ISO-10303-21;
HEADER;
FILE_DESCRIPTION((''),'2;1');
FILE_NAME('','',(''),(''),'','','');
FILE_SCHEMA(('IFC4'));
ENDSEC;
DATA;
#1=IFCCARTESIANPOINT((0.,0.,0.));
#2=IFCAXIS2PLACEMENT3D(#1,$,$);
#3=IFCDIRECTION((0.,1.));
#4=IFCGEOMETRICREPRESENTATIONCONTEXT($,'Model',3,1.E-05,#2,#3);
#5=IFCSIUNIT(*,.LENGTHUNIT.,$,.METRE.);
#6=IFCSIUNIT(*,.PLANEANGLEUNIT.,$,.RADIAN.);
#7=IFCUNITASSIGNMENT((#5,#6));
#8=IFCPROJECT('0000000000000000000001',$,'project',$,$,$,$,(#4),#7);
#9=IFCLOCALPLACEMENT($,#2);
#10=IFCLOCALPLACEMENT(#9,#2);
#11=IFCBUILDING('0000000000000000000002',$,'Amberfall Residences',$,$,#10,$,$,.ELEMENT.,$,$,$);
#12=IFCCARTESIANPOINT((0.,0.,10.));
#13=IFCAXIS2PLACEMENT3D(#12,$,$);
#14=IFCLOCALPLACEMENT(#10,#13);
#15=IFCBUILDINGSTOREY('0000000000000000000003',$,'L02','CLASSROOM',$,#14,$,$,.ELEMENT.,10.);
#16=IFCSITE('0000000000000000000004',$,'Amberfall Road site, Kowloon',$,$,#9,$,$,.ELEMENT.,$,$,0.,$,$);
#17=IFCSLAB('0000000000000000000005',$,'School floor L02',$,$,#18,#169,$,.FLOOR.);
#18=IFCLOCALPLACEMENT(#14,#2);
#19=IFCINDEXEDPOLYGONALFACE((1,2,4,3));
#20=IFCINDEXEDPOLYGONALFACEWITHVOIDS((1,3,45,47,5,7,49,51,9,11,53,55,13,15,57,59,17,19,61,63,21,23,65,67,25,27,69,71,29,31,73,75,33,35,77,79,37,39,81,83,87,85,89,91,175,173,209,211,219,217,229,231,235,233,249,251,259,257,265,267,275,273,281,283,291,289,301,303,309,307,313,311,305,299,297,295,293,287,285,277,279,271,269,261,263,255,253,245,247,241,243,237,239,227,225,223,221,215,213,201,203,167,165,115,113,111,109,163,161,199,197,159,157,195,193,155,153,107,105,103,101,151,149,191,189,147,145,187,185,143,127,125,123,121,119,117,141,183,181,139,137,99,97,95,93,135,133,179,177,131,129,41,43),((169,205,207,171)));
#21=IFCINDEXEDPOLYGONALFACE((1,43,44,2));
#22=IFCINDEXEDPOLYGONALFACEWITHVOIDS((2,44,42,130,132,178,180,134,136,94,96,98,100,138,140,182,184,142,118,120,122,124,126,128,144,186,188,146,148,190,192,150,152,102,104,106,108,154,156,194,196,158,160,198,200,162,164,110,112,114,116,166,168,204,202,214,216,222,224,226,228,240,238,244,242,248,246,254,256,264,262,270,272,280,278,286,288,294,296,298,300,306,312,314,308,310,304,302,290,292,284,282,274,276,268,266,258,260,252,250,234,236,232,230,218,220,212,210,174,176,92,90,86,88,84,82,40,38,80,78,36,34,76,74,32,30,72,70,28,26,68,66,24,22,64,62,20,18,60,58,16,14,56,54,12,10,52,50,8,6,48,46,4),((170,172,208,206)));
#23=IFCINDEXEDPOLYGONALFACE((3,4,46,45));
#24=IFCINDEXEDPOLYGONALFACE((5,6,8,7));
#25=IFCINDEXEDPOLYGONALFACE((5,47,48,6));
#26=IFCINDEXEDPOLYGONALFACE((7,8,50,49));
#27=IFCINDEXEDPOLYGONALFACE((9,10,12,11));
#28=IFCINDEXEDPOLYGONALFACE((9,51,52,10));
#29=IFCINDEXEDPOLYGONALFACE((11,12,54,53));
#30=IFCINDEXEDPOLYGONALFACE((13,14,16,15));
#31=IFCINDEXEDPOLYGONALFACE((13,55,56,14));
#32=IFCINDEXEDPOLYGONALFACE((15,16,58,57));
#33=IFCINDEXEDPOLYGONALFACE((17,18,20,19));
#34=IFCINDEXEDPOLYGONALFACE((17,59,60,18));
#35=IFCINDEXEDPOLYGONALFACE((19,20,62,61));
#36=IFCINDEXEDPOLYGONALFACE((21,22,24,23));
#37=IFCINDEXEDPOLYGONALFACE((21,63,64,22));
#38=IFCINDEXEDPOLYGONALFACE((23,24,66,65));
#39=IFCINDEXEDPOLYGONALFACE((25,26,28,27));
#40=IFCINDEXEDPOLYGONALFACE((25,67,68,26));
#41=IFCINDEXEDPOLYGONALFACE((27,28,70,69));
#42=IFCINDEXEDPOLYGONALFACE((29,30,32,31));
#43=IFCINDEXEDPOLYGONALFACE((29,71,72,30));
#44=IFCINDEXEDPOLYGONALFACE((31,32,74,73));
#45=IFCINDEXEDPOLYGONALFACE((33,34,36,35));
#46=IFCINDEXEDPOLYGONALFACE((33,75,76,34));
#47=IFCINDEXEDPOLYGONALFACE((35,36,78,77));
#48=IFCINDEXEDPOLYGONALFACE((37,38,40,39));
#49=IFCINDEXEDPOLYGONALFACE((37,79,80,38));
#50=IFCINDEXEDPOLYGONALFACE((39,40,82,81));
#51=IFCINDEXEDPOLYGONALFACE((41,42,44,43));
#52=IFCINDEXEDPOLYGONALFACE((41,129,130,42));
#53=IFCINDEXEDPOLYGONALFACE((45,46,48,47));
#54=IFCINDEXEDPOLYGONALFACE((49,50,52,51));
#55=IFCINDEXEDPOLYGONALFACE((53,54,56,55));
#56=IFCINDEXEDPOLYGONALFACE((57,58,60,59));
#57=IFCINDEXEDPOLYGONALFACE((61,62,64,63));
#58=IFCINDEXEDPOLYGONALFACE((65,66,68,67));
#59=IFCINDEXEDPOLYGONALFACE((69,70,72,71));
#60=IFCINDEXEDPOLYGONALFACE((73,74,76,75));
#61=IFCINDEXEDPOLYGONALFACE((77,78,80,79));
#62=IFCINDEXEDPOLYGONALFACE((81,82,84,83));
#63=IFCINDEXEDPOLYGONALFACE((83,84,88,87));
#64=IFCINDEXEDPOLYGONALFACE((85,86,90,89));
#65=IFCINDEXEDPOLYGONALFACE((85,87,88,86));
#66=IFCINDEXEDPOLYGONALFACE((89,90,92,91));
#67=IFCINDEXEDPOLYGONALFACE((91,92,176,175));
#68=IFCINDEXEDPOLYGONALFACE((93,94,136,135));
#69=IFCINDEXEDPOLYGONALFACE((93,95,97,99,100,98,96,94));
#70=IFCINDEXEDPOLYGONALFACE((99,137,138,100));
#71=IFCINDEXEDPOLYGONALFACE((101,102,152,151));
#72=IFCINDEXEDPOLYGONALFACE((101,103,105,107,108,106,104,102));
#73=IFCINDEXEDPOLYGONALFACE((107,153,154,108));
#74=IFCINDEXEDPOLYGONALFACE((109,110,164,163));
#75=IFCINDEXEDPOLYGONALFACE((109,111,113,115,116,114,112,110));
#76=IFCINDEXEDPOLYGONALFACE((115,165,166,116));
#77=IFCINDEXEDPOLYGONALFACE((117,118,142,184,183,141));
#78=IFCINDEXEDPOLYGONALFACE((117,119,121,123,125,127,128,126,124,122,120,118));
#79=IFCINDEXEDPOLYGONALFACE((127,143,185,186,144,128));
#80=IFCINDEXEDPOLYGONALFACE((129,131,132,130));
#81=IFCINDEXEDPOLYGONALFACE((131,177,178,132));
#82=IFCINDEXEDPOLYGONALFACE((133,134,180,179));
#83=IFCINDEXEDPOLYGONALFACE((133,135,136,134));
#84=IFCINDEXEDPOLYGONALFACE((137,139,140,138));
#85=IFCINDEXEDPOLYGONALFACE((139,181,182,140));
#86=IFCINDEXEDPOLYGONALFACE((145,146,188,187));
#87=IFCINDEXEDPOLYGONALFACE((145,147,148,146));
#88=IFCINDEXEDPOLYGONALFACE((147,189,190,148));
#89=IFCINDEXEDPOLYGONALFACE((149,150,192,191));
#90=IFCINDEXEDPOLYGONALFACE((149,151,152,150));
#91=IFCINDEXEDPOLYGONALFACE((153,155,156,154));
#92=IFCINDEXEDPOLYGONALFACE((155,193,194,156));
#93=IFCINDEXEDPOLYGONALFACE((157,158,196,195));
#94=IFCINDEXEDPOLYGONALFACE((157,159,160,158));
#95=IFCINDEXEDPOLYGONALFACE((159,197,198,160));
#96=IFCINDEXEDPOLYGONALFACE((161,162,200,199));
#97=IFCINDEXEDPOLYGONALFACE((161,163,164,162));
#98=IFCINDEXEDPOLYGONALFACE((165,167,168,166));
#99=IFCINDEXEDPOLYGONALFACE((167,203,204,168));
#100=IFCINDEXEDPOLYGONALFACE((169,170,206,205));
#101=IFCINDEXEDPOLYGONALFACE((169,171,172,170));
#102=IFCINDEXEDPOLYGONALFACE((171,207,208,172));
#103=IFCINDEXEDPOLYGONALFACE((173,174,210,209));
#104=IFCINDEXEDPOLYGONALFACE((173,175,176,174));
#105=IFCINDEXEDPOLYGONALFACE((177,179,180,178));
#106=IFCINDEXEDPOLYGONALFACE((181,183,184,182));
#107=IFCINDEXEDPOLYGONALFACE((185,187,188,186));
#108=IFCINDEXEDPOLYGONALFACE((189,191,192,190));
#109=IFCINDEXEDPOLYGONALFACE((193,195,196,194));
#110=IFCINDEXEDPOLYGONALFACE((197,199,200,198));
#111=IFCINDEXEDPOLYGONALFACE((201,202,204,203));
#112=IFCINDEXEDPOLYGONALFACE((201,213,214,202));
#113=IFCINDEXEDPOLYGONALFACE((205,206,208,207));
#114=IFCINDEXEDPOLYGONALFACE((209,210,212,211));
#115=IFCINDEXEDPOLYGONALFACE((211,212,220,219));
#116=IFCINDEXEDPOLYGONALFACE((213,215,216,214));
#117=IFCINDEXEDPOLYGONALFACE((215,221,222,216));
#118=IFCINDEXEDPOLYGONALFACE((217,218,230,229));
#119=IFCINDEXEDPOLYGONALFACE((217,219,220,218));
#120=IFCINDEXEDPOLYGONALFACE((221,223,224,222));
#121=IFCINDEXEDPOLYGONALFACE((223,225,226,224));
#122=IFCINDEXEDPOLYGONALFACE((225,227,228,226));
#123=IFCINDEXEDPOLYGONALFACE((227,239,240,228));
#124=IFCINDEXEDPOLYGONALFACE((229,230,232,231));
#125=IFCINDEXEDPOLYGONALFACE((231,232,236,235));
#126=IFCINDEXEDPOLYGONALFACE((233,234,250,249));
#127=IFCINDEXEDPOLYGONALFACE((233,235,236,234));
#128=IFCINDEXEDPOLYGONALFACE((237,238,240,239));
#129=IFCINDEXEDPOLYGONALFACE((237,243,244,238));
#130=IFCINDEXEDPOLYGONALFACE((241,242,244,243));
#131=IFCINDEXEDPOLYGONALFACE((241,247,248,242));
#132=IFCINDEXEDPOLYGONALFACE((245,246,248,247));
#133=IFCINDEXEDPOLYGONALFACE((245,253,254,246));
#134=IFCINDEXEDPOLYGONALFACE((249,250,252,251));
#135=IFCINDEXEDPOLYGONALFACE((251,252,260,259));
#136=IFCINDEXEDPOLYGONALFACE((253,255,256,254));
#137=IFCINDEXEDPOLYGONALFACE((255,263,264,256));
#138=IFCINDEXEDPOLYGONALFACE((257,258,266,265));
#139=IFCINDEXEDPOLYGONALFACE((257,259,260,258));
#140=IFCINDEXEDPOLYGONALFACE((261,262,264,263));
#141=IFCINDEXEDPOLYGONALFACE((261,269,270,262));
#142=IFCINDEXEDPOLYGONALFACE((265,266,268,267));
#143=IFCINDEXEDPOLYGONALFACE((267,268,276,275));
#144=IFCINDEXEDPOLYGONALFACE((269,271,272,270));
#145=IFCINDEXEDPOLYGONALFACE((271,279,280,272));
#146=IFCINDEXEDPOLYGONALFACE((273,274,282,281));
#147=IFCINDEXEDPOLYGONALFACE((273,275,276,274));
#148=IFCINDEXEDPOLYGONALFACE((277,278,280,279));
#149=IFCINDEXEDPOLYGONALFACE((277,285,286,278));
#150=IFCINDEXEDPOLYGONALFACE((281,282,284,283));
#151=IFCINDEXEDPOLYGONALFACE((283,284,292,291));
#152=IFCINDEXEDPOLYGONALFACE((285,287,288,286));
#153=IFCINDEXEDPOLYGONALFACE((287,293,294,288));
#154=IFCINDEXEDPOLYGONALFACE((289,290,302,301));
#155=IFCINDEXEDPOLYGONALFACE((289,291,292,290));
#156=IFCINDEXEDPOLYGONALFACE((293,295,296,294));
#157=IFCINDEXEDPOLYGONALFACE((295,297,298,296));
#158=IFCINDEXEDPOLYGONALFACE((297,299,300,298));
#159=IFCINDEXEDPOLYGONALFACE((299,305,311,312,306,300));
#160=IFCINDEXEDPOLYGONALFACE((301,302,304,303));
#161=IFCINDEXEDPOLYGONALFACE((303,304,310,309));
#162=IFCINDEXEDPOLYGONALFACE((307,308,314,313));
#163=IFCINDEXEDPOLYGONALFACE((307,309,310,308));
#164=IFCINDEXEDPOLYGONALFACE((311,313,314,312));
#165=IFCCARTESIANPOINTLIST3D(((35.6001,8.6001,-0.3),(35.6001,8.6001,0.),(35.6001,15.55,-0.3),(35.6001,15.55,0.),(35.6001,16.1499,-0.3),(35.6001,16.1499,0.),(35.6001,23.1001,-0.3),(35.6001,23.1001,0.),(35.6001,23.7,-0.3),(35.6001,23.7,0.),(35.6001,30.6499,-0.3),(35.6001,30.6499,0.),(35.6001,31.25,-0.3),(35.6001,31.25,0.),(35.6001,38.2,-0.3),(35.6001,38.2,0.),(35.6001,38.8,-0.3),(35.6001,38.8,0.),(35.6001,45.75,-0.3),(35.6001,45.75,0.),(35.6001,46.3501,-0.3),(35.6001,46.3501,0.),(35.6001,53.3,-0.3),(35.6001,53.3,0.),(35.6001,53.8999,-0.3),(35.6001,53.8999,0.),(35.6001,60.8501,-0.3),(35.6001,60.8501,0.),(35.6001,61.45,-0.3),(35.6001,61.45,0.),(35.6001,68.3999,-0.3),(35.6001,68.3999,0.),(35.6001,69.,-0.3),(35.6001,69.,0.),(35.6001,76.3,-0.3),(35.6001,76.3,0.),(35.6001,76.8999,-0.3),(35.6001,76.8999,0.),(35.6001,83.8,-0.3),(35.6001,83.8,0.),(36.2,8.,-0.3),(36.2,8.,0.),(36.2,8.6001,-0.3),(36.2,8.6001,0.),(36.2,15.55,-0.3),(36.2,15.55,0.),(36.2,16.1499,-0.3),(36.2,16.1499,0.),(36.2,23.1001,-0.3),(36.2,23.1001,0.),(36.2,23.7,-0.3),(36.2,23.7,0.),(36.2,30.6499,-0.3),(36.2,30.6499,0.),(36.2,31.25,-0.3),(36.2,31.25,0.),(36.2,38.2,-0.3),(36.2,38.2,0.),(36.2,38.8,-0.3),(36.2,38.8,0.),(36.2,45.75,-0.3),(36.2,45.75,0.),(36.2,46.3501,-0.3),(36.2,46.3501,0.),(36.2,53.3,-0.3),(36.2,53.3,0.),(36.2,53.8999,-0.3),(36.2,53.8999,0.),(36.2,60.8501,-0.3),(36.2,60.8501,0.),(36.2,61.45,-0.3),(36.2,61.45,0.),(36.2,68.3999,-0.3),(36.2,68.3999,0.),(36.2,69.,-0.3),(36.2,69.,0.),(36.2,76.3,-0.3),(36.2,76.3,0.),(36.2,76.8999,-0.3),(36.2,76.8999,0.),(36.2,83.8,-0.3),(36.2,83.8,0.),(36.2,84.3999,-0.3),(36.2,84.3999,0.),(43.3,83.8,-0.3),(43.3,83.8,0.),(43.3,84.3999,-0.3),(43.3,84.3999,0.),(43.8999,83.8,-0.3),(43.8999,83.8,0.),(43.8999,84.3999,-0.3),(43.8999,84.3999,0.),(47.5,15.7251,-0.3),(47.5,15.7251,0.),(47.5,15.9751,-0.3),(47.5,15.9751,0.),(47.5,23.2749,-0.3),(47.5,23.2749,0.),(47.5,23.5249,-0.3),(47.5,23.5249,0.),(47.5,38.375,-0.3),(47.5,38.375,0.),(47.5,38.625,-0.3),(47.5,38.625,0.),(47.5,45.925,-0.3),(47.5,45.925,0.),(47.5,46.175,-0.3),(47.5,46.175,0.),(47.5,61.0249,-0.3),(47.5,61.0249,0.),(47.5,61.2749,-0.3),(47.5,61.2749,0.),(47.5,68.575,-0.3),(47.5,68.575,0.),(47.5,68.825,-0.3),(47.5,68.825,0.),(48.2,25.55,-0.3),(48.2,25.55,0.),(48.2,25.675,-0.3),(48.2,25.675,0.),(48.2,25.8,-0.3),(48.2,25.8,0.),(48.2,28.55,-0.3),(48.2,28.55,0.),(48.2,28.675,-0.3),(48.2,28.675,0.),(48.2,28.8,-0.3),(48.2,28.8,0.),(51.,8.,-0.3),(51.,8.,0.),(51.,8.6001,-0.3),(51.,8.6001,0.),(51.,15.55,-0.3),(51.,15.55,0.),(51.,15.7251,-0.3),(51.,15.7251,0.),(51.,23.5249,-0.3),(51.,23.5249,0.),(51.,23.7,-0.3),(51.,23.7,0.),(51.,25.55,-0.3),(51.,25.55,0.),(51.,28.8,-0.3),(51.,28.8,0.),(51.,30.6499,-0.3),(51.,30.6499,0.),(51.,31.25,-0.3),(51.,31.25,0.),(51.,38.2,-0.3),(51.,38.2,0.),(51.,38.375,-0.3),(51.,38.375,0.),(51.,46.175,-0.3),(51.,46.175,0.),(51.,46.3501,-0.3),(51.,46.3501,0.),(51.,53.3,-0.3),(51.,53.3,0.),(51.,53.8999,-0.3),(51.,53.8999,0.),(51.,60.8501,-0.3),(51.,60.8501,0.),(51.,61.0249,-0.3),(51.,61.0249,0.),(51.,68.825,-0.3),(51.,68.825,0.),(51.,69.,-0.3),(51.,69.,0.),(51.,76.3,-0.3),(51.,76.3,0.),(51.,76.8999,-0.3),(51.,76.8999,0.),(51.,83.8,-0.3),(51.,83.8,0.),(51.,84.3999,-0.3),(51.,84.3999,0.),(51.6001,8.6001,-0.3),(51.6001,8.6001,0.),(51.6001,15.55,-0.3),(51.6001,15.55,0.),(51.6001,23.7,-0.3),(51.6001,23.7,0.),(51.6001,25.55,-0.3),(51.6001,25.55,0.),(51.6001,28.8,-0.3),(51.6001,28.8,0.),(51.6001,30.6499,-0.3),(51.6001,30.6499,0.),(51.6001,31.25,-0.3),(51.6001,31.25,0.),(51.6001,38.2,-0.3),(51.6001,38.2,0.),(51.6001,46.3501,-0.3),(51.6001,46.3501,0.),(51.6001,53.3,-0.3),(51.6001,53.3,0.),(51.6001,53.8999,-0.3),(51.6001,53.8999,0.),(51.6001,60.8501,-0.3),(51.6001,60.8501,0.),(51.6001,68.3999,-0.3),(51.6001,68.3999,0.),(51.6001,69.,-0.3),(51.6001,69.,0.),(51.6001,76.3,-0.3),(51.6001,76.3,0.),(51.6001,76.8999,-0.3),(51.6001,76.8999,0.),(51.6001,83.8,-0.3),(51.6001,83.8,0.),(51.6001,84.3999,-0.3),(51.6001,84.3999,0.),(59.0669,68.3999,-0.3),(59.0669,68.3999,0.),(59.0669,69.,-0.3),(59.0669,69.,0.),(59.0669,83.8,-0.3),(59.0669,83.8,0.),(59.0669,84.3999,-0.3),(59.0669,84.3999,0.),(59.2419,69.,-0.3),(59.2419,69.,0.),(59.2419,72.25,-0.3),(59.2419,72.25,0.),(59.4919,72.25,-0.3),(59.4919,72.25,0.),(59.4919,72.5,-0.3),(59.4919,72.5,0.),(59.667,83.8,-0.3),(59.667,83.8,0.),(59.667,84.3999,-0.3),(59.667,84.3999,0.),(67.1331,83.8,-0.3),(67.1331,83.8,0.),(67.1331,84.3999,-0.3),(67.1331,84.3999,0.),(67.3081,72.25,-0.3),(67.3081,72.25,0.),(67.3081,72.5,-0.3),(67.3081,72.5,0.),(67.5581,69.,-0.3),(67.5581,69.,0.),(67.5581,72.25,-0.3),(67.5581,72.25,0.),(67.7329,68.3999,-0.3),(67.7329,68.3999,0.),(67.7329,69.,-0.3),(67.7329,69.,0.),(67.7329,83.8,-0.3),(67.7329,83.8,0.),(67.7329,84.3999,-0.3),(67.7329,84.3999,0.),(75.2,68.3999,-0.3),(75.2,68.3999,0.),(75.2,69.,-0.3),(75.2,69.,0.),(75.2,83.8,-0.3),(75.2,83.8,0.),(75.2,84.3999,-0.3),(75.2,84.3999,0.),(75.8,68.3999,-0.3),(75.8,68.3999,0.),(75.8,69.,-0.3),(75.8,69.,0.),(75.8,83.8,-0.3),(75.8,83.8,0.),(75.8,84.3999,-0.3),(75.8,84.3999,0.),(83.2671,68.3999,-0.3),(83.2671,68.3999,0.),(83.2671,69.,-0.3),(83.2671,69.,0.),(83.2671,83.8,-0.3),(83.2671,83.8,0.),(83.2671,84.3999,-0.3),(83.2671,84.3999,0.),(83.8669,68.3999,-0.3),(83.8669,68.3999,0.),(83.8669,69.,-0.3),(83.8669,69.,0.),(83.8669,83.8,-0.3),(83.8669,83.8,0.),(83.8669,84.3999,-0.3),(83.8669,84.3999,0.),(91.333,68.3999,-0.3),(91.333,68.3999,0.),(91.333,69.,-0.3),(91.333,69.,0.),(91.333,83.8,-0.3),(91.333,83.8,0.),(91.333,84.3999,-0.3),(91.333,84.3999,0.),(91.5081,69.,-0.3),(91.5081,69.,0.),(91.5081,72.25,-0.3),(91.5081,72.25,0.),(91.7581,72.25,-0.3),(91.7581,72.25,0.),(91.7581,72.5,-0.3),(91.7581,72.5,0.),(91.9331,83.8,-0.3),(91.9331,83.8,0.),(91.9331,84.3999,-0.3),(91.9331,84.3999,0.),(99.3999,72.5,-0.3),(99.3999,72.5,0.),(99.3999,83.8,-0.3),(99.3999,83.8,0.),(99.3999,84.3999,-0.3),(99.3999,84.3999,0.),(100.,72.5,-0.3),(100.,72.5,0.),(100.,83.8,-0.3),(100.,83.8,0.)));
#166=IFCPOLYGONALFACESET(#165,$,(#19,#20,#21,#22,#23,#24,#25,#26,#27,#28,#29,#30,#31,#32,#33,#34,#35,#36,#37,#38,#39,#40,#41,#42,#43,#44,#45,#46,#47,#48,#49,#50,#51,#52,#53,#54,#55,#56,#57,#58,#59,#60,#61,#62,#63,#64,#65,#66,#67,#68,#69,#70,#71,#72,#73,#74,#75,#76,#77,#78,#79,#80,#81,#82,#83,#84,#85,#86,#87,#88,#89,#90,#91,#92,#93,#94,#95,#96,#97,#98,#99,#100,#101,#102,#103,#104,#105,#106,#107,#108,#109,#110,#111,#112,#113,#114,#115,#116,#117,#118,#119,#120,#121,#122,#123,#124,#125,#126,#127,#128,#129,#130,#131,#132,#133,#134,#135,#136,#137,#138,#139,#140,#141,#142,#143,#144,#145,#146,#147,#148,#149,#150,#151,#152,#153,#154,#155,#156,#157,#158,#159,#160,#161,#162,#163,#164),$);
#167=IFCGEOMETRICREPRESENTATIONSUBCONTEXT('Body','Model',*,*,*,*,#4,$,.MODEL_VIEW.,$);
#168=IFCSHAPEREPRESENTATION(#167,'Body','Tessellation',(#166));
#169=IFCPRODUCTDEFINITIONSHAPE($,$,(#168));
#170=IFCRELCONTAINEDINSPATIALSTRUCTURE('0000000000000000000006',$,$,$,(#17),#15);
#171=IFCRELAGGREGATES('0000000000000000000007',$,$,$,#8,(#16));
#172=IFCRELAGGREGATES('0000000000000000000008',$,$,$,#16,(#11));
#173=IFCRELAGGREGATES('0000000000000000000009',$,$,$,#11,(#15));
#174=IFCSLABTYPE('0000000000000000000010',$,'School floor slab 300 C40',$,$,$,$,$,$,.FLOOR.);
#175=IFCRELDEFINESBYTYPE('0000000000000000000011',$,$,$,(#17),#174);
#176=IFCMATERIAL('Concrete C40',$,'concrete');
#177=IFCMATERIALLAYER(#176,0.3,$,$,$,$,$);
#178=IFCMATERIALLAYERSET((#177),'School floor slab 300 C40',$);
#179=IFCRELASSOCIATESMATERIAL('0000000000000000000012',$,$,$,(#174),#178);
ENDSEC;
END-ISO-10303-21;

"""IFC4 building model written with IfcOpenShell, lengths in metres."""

from ifc_helpers import new_model, si_unit, direction, frame, origin, place, context, subcontext, project, spatial, polyline, outline, extrude, material, layer, layer_set, type_object, element, save


model = new_model("IFC4")

# Units and contexts
model_context = context("Model", 3, precision=1e-05, world=origin(), true_north=direction((0.0, 1.0)))
body_context = subcontext(model_context, "Body", "Model", "MODEL_VIEW")
ifc_project = project(units=[si_unit("LENGTHUNIT", "METRE"), si_unit("PLANEANGLEUNIT", "RADIAN")], contexts=[model_context])

# Site, building, storey
site_placement = place(None, origin())
site = spatial("IfcSite", under=ifc_project, at=site_placement, Name="Amberfall Road site, Kowloon", CompositionType="ELEMENT", RefElevation=0.0)
building_placement = place(site_placement, origin())
building = spatial("IfcBuilding", under=site, at=building_placement, Name="Amberfall Residences", CompositionType="ELEMENT")
storey_placement = place(building_placement, frame((0.0, 0.0, 10.0)))
storey = spatial("IfcBuildingStorey", under=building, at=storey_placement, Name="L02", Description="CLASSROOM", CompositionType="ELEMENT", Elevation=10.0)

# Slab
ifc_material_1 = material(Name="Concrete C40", Category="concrete")
ifc_layer_1 = layer(ifc_material_1, 0.3)
ifc_layer_set_1 = layer_set([ifc_layer_1], Name="School floor slab 300 C40")
slab_type_1 = type_object("IfcSlabType", Name="School floor slab 300 C40", PredefinedType="FLOOR", material=ifc_layer_set_1)
slab_1_placement = place(storey_placement, frame((0.0, 0.0, -0.3)))
element("IfcSlab", 1, at=slab_1_placement, inside=storey, type_object=slab_type_1, Name="School floor L02", PredefinedType="FLOOR", context=body_context, shape_type="SweptSolid", body=[
    extrude(outline(polyline([(36.2, 8.6001), (36.2, 8.0), (51.0, 8.0), (51.0, 8.6001), (51.6001, 8.6001), (51.6001, 15.55), (51.0, 15.55), (51.0, 15.7251), (47.5, 15.7251), (47.5, 15.9751), (47.5, 23.2749), (47.5, 23.5249), (51.0, 23.5249), (51.0, 23.7), (51.6001, 23.7), (51.6001, 25.55), (51.0, 25.55), (48.2, 25.55), (48.2, 25.675), (48.2, 25.8), (48.2, 28.55), (48.2, 28.675), (48.2, 28.8), (51.0, 28.8), (51.6001, 28.8), (51.6001, 30.6499), (51.0, 30.6499), (51.0, 31.25), (51.6001, 31.25), (51.6001, 38.2), (51.0, 38.2), (51.0, 38.375), (47.5, 38.375), (47.5, 38.625), (47.5, 45.925), (47.5, 46.175), (51.0, 46.175), (51.0, 46.3501), (51.6001, 46.3501), (51.6001, 53.3), (51.0, 53.3), (51.0, 53.8999), (51.6001, 53.8999), (51.6001, 60.8501), (51.0, 60.8501), (51.0, 61.0249), (47.5, 61.0249), (47.5, 61.2749), (47.5, 68.575), (47.5, 68.825), (51.0, 68.825), (51.0, 69.0), (51.6001, 69.0), (51.6001, 68.3999), (59.0669, 68.3999), (59.0669, 69.0), (59.2419, 69.0), (59.2419, 72.25), (59.4919, 72.25), (59.4919, 72.5), (67.3081, 72.5), (67.3081, 72.25), (67.5581, 72.25), (67.5581, 69.0), (67.7329, 69.0), (67.7329, 68.3999), (75.2, 68.3999), (75.2, 69.0), (75.8, 69.0), (75.8, 68.3999), (83.2671, 68.3999), (83.2671, 69.0), (83.8669, 69.0), (83.8669, 68.3999), (91.333, 68.3999), (91.333, 69.0), (91.5081, 69.0), (91.5081, 72.25), (91.7581, 72.25), (91.7581, 72.5), (99.3999, 72.5), (100.0, 72.5), (100.0, 83.8), (99.3999, 83.8), (99.3999, 84.3999), (91.9331, 84.3999), (91.9331, 83.8), (91.333, 83.8), (91.333, 84.3999), (83.8669, 84.3999), (83.8669, 83.8), (83.2671, 83.8), (83.2671, 84.3999), (75.8, 84.3999), (75.8, 83.8), (75.2, 83.8), (75.2, 84.3999), (67.7329, 84.3999), (67.7329, 83.8), (67.1331, 83.8), (67.1331, 84.3999), (59.667, 84.3999), (59.667, 83.8), (59.0669, 83.8), (59.0669, 84.3999), (51.6001, 84.3999), (51.6001, 83.8), (51.0, 83.8), (51.0, 84.3999), (43.8999, 84.3999), (43.8999, 83.8), (43.3, 83.8), (43.3, 84.3999), (36.2, 84.3999), (36.2, 83.8), (35.6001, 83.8), (35.6001, 76.8999), (36.2, 76.8999), (36.2, 76.3), (35.6001, 76.3), (35.6001, 69.0), (36.2, 69.0), (36.2, 68.3999), (35.6001, 68.3999), (35.6001, 61.45), (36.2, 61.45), (36.2, 60.8501), (35.6001, 60.8501), (35.6001, 53.8999), (36.2, 53.8999), (36.2, 53.3), (35.6001, 53.3), (35.6001, 46.3501), (36.2, 46.3501), (36.2, 45.75), (35.6001, 45.75), (35.6001, 38.8), (36.2, 38.8), (36.2, 38.2), (35.6001, 38.2), (35.6001, 31.25), (36.2, 31.25), (36.2, 30.6499), (35.6001, 30.6499), (35.6001, 23.7), (36.2, 23.7), (36.2, 23.1001), (35.6001, 23.1001), (35.6001, 16.1499), (36.2, 16.1499), (36.2, 15.55), (35.6001, 15.55), (35.6001, 8.6001), (36.2, 8.6001)]), holes=[polyline([(51.0, 76.3), (51.0, 76.8999), (51.6001, 76.8999), (51.6001, 76.3), (51.0, 76.3)])]), origin(), (0.0, 0.0, 1.0), 0.3),
])

save(model, "model.ifc")
